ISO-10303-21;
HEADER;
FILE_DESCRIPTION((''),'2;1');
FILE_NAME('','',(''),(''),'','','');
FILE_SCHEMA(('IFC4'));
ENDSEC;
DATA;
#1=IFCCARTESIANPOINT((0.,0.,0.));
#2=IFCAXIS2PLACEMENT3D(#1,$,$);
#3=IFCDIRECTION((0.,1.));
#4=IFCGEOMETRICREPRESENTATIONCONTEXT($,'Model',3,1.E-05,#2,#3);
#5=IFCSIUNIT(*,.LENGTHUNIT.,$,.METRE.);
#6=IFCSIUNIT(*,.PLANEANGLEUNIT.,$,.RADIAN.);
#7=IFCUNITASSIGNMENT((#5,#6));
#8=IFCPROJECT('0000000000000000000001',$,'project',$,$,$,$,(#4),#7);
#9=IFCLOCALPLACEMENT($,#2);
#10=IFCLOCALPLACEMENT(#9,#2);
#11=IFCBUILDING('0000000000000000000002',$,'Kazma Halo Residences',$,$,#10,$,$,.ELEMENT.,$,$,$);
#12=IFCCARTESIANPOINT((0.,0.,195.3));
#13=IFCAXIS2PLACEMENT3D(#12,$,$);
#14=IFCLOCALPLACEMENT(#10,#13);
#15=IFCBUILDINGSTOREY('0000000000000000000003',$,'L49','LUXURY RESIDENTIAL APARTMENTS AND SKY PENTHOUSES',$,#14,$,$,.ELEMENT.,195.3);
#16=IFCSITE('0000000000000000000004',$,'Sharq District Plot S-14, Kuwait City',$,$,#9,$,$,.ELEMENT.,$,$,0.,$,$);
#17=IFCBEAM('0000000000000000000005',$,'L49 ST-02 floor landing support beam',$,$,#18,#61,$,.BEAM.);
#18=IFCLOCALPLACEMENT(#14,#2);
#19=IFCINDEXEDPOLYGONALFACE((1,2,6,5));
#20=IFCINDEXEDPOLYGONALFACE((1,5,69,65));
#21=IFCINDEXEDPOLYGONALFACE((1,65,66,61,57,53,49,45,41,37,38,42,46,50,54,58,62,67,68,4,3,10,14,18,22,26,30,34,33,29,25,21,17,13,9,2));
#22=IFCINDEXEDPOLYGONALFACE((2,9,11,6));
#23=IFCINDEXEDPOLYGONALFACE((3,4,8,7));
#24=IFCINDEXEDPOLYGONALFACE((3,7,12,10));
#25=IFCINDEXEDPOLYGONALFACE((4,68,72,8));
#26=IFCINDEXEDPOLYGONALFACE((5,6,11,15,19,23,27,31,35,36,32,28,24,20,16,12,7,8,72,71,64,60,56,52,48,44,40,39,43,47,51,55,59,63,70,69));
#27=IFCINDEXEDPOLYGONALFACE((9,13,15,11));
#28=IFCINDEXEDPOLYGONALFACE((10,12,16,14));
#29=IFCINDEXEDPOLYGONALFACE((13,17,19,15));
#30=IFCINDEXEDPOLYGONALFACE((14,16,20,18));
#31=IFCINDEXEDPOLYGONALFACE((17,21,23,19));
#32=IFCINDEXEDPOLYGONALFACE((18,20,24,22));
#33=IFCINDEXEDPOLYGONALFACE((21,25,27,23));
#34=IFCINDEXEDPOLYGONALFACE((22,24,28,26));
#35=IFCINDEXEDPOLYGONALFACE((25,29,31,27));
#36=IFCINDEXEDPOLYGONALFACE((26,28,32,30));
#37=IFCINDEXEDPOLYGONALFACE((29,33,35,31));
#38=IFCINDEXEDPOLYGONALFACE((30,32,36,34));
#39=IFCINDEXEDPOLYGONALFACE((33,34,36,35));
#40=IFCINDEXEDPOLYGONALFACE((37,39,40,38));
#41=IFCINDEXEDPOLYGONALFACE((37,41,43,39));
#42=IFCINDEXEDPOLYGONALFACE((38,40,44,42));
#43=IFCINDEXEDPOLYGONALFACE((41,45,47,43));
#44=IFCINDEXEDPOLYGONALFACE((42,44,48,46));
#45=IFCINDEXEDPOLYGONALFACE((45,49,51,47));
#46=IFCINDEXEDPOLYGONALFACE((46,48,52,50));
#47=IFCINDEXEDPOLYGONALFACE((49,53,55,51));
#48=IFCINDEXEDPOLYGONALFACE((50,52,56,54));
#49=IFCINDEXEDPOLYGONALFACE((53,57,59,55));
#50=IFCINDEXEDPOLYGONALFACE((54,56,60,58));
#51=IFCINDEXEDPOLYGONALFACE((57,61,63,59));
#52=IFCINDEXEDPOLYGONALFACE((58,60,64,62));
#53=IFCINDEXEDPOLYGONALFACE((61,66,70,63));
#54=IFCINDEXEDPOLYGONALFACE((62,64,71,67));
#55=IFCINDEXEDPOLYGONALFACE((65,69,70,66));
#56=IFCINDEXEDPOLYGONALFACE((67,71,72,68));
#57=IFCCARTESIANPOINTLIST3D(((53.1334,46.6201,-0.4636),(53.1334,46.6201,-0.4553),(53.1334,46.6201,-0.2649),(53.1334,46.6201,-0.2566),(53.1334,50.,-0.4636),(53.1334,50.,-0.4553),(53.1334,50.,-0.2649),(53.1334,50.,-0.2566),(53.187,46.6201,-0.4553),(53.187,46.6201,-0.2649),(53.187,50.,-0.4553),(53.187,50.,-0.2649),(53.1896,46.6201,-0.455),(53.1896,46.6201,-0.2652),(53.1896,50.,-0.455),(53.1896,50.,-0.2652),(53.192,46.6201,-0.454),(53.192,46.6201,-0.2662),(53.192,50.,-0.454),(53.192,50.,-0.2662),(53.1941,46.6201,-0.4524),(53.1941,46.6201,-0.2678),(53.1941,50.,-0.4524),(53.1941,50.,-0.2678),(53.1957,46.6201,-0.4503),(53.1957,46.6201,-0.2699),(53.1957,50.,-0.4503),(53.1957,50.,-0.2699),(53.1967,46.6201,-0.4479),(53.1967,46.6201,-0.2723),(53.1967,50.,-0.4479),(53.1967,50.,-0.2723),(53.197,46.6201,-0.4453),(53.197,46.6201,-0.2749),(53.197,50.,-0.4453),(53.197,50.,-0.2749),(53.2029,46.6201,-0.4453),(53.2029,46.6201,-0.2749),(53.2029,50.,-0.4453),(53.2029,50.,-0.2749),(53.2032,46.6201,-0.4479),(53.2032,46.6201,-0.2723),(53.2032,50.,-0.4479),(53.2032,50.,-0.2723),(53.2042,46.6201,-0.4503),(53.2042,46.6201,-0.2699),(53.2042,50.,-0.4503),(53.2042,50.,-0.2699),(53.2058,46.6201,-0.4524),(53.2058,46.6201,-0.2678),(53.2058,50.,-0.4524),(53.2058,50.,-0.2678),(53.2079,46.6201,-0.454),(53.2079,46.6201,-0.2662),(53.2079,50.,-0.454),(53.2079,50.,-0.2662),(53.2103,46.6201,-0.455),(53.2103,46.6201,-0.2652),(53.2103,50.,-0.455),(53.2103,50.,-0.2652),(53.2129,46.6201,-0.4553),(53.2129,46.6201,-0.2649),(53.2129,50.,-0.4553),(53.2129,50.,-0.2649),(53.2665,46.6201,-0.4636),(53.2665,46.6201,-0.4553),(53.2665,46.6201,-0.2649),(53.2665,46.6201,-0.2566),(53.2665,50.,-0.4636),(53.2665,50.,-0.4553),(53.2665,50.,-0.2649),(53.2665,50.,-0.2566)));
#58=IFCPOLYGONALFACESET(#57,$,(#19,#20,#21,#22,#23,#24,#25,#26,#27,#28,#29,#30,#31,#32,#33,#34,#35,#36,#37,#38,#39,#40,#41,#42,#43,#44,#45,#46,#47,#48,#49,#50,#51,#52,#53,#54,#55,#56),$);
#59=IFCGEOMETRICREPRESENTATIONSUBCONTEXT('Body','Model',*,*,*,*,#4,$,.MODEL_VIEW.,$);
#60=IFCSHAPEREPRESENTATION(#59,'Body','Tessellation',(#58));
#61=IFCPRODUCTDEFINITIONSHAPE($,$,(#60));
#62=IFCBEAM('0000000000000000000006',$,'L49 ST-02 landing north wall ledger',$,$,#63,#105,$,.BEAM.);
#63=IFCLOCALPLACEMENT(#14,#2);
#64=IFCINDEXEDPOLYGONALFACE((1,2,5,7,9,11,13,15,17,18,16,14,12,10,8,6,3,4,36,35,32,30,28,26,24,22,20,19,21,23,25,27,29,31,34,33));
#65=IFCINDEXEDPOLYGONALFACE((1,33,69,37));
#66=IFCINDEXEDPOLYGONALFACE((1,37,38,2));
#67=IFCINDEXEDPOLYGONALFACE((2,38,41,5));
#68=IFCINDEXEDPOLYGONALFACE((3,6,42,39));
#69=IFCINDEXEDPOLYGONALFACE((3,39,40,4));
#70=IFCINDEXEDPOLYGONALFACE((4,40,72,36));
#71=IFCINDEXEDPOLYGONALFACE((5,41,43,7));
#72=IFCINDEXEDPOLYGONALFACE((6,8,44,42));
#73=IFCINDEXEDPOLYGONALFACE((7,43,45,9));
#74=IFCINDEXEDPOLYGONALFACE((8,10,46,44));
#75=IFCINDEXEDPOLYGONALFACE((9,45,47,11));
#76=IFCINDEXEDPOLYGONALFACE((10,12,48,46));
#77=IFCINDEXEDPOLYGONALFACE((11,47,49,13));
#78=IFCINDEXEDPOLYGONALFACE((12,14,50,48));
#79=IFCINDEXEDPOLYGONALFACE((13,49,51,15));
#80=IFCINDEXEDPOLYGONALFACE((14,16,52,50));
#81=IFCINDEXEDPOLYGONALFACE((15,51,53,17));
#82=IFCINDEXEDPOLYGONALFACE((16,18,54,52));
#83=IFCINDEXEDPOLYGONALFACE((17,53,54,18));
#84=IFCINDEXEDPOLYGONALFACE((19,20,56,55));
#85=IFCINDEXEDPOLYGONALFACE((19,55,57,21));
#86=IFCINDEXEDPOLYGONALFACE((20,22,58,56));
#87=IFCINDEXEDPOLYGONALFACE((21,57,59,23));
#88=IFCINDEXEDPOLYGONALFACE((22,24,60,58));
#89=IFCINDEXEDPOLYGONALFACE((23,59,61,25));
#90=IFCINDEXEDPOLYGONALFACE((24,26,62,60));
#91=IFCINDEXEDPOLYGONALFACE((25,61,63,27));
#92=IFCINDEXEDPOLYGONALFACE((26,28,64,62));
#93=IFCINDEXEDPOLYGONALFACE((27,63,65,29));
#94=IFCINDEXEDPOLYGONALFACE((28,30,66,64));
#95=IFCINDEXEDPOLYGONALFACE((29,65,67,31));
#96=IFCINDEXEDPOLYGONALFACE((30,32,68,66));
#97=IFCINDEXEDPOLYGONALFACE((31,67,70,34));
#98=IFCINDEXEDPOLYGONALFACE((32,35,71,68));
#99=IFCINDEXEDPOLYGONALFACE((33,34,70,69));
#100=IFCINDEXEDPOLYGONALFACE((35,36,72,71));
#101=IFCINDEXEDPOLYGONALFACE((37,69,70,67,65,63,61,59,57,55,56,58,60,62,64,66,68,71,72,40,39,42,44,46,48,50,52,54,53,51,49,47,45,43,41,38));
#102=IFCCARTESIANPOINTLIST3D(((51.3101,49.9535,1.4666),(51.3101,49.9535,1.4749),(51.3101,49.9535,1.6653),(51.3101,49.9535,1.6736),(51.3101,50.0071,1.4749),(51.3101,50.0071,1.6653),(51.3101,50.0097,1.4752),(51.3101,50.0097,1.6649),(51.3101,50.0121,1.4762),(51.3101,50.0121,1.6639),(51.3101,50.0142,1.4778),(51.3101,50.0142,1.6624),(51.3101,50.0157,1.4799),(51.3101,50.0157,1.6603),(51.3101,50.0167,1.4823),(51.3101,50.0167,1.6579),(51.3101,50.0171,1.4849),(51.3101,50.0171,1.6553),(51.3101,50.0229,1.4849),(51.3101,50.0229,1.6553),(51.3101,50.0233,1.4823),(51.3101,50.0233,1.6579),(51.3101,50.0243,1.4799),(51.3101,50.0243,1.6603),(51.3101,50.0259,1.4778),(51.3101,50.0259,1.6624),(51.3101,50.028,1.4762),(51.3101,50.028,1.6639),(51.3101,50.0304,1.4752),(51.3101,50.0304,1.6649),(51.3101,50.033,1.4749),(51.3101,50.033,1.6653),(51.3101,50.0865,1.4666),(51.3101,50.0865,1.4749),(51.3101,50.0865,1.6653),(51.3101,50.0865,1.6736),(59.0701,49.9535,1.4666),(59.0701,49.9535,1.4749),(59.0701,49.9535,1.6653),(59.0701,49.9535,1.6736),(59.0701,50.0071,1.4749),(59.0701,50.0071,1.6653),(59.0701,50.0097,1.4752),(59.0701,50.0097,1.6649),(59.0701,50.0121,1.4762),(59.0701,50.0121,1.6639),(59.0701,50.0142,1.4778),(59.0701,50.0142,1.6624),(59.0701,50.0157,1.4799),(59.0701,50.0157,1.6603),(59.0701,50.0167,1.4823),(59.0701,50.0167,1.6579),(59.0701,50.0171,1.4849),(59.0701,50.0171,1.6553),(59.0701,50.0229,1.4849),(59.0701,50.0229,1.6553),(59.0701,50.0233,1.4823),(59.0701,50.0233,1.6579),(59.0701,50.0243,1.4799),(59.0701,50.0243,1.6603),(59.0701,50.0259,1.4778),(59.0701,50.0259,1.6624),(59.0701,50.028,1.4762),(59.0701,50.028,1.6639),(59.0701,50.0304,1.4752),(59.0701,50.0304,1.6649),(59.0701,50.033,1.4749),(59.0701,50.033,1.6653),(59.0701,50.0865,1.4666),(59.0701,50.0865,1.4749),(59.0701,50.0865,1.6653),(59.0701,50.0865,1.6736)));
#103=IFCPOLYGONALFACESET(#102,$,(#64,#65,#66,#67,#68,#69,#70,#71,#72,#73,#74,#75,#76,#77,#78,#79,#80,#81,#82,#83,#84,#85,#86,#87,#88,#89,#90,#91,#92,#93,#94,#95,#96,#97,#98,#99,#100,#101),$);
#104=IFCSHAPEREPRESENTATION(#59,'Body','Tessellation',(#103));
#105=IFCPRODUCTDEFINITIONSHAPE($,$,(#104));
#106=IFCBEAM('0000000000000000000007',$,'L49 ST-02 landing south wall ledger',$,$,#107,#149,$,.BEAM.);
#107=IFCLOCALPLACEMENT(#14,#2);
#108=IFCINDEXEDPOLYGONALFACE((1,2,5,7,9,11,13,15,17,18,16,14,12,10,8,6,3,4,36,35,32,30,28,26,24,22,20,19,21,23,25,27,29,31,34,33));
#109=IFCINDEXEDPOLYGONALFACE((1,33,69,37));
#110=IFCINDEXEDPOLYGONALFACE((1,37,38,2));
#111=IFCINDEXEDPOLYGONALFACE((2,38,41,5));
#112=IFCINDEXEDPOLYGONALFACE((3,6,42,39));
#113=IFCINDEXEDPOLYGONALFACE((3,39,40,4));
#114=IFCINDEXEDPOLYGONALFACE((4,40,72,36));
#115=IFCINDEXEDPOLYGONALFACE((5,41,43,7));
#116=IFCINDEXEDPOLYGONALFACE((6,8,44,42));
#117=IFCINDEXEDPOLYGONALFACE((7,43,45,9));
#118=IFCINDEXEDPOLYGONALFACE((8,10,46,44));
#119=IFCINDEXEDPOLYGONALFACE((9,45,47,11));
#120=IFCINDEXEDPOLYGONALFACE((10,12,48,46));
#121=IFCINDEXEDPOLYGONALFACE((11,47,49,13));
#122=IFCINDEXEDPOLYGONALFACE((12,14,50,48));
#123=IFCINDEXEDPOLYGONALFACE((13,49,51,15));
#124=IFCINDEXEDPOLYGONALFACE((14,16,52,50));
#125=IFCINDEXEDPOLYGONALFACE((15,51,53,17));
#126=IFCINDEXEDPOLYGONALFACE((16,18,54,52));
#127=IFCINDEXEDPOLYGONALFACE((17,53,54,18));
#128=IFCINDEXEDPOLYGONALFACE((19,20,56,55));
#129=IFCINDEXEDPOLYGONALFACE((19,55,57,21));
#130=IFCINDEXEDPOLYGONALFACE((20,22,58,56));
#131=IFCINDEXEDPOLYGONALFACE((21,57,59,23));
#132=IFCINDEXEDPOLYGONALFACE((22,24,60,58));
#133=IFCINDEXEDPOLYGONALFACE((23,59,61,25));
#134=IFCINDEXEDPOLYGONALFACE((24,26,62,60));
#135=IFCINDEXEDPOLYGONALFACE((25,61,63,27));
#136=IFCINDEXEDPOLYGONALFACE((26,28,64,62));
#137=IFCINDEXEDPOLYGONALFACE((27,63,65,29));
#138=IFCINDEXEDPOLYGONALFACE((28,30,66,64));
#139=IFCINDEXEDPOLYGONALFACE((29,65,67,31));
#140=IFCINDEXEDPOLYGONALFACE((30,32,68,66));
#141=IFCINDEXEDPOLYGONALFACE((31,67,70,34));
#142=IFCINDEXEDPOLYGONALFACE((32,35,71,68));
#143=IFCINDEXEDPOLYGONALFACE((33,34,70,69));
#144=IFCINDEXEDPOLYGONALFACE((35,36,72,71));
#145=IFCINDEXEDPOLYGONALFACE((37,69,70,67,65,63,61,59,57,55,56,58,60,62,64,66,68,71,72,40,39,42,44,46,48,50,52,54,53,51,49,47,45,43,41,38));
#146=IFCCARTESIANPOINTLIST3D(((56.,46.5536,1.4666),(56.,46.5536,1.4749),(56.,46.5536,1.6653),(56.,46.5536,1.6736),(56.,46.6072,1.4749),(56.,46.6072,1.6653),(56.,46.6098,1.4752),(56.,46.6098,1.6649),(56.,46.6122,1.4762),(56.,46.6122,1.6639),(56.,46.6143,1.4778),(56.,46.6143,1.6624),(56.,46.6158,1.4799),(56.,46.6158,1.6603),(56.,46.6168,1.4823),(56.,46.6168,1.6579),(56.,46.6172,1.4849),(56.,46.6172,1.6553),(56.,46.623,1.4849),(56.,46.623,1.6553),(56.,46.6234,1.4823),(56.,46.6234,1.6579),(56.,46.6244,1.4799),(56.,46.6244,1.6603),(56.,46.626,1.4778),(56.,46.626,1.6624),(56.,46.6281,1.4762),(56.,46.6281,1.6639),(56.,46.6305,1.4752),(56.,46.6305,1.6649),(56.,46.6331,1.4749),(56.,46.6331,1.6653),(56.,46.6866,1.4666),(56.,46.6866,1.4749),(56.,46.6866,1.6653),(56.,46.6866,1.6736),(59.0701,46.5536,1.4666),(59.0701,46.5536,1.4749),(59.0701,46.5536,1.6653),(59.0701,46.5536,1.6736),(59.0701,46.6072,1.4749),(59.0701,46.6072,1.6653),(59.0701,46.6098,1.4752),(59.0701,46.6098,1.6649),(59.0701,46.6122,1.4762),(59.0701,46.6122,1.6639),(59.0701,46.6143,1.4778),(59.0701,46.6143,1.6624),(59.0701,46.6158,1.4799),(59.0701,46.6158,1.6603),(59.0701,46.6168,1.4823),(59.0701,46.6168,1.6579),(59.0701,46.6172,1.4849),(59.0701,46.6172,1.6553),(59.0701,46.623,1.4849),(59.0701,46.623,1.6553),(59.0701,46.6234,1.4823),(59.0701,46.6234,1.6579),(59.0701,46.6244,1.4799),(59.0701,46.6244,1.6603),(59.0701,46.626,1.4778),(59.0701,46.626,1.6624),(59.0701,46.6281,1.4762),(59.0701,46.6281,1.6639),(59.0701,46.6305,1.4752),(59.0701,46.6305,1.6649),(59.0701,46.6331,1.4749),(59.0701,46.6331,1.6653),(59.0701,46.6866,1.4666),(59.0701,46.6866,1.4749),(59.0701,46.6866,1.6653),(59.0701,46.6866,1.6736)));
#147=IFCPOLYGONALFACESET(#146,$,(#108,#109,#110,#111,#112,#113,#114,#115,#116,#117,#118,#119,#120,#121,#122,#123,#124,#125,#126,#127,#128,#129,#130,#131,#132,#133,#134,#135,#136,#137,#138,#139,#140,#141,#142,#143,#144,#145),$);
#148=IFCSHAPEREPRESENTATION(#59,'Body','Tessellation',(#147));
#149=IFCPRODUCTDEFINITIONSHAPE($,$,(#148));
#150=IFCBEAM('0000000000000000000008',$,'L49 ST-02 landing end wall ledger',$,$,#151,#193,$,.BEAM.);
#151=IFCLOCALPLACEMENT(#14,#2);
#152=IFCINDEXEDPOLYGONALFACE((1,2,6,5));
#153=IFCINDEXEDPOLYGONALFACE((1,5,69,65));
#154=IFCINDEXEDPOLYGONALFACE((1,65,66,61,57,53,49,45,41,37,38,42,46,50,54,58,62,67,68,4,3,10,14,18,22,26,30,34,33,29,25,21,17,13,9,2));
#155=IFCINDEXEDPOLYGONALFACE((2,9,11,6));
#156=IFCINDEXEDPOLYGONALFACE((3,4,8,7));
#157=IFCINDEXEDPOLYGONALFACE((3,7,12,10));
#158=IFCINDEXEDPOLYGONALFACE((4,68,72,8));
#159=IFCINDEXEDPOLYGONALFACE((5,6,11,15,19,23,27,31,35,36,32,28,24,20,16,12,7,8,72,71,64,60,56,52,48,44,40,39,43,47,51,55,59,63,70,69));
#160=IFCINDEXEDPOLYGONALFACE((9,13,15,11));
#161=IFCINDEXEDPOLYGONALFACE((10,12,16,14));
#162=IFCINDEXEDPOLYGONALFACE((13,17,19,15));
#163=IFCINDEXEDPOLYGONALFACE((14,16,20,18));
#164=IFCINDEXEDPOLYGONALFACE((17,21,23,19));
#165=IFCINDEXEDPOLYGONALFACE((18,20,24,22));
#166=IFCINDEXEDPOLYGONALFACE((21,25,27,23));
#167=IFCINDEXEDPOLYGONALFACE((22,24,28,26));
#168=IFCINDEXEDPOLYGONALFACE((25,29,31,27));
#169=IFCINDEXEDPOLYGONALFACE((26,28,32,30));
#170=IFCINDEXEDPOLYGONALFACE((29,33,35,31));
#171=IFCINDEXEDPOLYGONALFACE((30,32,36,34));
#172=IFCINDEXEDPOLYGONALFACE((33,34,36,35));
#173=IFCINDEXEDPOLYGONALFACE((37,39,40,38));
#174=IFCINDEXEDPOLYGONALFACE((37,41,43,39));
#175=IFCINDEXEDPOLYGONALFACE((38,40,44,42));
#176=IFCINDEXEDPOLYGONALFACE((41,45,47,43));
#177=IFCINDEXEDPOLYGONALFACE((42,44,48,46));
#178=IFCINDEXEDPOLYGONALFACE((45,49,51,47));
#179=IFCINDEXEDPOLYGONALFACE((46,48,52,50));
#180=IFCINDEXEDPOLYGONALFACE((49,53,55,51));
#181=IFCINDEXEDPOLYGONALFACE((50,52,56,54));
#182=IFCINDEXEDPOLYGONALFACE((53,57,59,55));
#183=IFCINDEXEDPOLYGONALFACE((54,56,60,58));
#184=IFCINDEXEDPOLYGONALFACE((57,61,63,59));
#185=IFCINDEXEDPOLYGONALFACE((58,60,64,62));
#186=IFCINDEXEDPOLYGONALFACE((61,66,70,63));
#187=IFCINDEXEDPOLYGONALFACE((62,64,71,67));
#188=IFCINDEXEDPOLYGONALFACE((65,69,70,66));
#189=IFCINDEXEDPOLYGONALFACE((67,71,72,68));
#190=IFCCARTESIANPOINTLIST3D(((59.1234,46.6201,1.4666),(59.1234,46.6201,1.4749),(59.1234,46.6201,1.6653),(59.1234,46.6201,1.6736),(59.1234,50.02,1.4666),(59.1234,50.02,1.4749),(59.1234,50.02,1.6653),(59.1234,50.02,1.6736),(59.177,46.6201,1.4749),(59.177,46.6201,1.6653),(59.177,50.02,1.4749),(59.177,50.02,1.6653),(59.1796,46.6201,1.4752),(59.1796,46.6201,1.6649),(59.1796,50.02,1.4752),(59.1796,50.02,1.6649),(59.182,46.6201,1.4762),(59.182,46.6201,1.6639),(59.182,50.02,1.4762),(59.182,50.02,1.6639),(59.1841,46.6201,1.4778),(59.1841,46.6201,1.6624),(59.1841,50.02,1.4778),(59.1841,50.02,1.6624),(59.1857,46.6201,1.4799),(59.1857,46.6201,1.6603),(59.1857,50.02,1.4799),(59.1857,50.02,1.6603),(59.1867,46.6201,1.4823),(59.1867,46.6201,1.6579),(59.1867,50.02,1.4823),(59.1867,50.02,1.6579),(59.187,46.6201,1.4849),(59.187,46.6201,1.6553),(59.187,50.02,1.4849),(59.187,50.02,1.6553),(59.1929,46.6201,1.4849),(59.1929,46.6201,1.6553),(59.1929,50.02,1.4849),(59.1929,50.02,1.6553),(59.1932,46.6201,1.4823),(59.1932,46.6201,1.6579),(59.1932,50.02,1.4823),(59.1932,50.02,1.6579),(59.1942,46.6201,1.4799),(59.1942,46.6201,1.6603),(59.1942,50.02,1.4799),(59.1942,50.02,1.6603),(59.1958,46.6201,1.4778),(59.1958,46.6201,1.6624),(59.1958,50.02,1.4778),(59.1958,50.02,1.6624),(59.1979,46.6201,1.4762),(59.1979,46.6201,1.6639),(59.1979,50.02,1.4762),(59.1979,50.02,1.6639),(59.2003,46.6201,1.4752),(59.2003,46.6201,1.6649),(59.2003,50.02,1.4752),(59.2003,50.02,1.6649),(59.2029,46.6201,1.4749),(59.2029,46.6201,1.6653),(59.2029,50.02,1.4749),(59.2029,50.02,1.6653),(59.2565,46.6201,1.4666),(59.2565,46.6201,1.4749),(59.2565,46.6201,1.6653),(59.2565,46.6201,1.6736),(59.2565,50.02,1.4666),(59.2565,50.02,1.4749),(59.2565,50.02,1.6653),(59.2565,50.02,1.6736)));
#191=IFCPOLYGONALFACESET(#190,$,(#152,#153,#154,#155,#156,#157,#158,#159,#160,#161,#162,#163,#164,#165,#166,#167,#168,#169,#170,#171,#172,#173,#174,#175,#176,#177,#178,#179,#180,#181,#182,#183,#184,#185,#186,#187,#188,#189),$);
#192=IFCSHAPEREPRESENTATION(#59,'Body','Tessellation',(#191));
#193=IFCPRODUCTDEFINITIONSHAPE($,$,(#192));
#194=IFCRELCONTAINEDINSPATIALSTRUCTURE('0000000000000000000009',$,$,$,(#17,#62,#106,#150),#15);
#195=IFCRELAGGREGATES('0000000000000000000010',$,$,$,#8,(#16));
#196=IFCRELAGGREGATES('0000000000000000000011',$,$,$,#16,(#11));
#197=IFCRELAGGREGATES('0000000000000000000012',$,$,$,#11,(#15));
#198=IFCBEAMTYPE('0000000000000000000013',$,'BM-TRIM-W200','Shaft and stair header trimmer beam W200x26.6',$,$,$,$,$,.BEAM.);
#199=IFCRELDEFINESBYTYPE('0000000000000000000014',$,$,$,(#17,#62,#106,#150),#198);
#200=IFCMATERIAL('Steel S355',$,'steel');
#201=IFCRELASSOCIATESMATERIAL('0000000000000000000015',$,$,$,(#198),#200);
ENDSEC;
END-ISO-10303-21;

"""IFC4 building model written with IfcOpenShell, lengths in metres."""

from ifc_helpers import new_model, si_unit, direction, frame, origin, origin_2d, place, context, subcontext, project, spatial, i_section, extrude, material, material_profile, profile_set, type_object, element, save


model = new_model("IFC4")

# Units and contexts
model_context = context("Model", 3, precision=1e-05, world=origin(), true_north=direction((0.0, 1.0)))
body_context = subcontext(model_context, "Body", "Model", "MODEL_VIEW")
ifc_project = project(units=[si_unit("LENGTHUNIT", "METRE"), si_unit("PLANEANGLEUNIT", "RADIAN")], contexts=[model_context])

# Site, building, storey
site_placement = place(None, origin())
site = spatial("IfcSite", under=ifc_project, at=site_placement, Name="Sharq District Plot S-14, Kuwait City", CompositionType="ELEMENT", RefElevation=0.0)
building_placement = place(site_placement, origin())
building = spatial("IfcBuilding", under=site, at=building_placement, Name="Kazma Halo Residences", CompositionType="ELEMENT")
storey_placement = place(building_placement, frame((0.0, 0.0, 195.3)))
storey = spatial("IfcBuildingStorey", under=building, at=storey_placement, Name="L49", Description="LUXURY RESIDENTIAL APARTMENTS AND SKY PENTHOUSES", CompositionType="ELEMENT", Elevation=195.3)

# Shared definitions
ifc_material_1 = material(Name="Steel S355", Category="steel")

# Beams
ifc_material_profile_1 = material_profile(ifc_material_1, i_section(OverallWidth=0.1331, OverallDepth=0.207, WebThickness=0.0059, FlangeThickness=0.0083, FilletRadius=0.01, at=origin_2d()), Name="W200x26.6")
ifc_profile_set_1 = profile_set([ifc_material_profile_1], Name="Steel S355")
beam_type_1 = type_object("IfcBeamType", Name="BM-TRIM-W200", Description="Shaft and stair header trimmer beam W200x26.6", PredefinedType="BEAM", material=ifc_profile_set_1)
beam_1_placement = place(storey_placement, frame((53.2, 46.6201, -0.3601), z_axis=(0.0, 1.0, 0.0), x_axis=(-1.0, 0.0, 0.0)))
element("IfcBeam", 1, at=beam_1_placement, inside=storey, type_object=beam_type_1, Name="L49 ST-02 floor landing support beam", PredefinedType="BEAM", context=body_context, shape_type="SweptSolid", body=[
    extrude(i_section(OverallWidth=0.1331, OverallDepth=0.207, WebThickness=0.0059, FlangeThickness=0.0083, FilletRadius=0.01, at=origin_2d()), origin(), (0.0, 0.0, 1.0), 3.3799),
])
beam_2_placement = place(storey_placement, frame((51.3101, 50.02, 1.5701), z_axis=(1.0, 0.0, 0.0), x_axis=(0.0, 1.0, 0.0)))
element("IfcBeam", 2, at=beam_2_placement, inside=storey, type_object=beam_type_1, Name="L49 ST-02 landing north wall ledger", PredefinedType="BEAM", context=body_context, shape_type="SweptSolid", body=[
    extrude(i_section(OverallWidth=0.1331, OverallDepth=0.207, WebThickness=0.0059, FlangeThickness=0.0083, FilletRadius=0.01, at=origin_2d()), origin(), (0.0, 0.0, 1.0), 7.76),
])
beam_3_placement = place(storey_placement, frame((56.0, 46.6201, 1.5701), z_axis=(1.0, 0.0, 0.0), x_axis=(0.0, 1.0, 0.0)))
element("IfcBeam", 3, at=beam_3_placement, inside=storey, type_object=beam_type_1, Name="L49 ST-02 landing south wall ledger", PredefinedType="BEAM", context=body_context, shape_type="SweptSolid", body=[
    extrude(i_section(OverallWidth=0.1331, OverallDepth=0.207, WebThickness=0.0059, FlangeThickness=0.0083, FilletRadius=0.01, at=origin_2d()), origin(), (0.0, 0.0, 1.0), 3.0701),
])
beam_4_placement = place(storey_placement, frame((59.1899, 46.6201, 1.5701), z_axis=(0.0, 1.0, 0.0), x_axis=(-1.0, 0.0, 0.0)))
element("IfcBeam", 4, at=beam_4_placement, inside=storey, type_object=beam_type_1, Name="L49 ST-02 landing end wall ledger", PredefinedType="BEAM", context=body_context, shape_type="SweptSolid", body=[
    extrude(i_section(OverallWidth=0.1331, OverallDepth=0.207, WebThickness=0.0059, FlangeThickness=0.0083, FilletRadius=0.01, at=origin_2d()), origin(), (0.0, 0.0, 1.0), 3.3999),
])

save(model, "model.ifc")
